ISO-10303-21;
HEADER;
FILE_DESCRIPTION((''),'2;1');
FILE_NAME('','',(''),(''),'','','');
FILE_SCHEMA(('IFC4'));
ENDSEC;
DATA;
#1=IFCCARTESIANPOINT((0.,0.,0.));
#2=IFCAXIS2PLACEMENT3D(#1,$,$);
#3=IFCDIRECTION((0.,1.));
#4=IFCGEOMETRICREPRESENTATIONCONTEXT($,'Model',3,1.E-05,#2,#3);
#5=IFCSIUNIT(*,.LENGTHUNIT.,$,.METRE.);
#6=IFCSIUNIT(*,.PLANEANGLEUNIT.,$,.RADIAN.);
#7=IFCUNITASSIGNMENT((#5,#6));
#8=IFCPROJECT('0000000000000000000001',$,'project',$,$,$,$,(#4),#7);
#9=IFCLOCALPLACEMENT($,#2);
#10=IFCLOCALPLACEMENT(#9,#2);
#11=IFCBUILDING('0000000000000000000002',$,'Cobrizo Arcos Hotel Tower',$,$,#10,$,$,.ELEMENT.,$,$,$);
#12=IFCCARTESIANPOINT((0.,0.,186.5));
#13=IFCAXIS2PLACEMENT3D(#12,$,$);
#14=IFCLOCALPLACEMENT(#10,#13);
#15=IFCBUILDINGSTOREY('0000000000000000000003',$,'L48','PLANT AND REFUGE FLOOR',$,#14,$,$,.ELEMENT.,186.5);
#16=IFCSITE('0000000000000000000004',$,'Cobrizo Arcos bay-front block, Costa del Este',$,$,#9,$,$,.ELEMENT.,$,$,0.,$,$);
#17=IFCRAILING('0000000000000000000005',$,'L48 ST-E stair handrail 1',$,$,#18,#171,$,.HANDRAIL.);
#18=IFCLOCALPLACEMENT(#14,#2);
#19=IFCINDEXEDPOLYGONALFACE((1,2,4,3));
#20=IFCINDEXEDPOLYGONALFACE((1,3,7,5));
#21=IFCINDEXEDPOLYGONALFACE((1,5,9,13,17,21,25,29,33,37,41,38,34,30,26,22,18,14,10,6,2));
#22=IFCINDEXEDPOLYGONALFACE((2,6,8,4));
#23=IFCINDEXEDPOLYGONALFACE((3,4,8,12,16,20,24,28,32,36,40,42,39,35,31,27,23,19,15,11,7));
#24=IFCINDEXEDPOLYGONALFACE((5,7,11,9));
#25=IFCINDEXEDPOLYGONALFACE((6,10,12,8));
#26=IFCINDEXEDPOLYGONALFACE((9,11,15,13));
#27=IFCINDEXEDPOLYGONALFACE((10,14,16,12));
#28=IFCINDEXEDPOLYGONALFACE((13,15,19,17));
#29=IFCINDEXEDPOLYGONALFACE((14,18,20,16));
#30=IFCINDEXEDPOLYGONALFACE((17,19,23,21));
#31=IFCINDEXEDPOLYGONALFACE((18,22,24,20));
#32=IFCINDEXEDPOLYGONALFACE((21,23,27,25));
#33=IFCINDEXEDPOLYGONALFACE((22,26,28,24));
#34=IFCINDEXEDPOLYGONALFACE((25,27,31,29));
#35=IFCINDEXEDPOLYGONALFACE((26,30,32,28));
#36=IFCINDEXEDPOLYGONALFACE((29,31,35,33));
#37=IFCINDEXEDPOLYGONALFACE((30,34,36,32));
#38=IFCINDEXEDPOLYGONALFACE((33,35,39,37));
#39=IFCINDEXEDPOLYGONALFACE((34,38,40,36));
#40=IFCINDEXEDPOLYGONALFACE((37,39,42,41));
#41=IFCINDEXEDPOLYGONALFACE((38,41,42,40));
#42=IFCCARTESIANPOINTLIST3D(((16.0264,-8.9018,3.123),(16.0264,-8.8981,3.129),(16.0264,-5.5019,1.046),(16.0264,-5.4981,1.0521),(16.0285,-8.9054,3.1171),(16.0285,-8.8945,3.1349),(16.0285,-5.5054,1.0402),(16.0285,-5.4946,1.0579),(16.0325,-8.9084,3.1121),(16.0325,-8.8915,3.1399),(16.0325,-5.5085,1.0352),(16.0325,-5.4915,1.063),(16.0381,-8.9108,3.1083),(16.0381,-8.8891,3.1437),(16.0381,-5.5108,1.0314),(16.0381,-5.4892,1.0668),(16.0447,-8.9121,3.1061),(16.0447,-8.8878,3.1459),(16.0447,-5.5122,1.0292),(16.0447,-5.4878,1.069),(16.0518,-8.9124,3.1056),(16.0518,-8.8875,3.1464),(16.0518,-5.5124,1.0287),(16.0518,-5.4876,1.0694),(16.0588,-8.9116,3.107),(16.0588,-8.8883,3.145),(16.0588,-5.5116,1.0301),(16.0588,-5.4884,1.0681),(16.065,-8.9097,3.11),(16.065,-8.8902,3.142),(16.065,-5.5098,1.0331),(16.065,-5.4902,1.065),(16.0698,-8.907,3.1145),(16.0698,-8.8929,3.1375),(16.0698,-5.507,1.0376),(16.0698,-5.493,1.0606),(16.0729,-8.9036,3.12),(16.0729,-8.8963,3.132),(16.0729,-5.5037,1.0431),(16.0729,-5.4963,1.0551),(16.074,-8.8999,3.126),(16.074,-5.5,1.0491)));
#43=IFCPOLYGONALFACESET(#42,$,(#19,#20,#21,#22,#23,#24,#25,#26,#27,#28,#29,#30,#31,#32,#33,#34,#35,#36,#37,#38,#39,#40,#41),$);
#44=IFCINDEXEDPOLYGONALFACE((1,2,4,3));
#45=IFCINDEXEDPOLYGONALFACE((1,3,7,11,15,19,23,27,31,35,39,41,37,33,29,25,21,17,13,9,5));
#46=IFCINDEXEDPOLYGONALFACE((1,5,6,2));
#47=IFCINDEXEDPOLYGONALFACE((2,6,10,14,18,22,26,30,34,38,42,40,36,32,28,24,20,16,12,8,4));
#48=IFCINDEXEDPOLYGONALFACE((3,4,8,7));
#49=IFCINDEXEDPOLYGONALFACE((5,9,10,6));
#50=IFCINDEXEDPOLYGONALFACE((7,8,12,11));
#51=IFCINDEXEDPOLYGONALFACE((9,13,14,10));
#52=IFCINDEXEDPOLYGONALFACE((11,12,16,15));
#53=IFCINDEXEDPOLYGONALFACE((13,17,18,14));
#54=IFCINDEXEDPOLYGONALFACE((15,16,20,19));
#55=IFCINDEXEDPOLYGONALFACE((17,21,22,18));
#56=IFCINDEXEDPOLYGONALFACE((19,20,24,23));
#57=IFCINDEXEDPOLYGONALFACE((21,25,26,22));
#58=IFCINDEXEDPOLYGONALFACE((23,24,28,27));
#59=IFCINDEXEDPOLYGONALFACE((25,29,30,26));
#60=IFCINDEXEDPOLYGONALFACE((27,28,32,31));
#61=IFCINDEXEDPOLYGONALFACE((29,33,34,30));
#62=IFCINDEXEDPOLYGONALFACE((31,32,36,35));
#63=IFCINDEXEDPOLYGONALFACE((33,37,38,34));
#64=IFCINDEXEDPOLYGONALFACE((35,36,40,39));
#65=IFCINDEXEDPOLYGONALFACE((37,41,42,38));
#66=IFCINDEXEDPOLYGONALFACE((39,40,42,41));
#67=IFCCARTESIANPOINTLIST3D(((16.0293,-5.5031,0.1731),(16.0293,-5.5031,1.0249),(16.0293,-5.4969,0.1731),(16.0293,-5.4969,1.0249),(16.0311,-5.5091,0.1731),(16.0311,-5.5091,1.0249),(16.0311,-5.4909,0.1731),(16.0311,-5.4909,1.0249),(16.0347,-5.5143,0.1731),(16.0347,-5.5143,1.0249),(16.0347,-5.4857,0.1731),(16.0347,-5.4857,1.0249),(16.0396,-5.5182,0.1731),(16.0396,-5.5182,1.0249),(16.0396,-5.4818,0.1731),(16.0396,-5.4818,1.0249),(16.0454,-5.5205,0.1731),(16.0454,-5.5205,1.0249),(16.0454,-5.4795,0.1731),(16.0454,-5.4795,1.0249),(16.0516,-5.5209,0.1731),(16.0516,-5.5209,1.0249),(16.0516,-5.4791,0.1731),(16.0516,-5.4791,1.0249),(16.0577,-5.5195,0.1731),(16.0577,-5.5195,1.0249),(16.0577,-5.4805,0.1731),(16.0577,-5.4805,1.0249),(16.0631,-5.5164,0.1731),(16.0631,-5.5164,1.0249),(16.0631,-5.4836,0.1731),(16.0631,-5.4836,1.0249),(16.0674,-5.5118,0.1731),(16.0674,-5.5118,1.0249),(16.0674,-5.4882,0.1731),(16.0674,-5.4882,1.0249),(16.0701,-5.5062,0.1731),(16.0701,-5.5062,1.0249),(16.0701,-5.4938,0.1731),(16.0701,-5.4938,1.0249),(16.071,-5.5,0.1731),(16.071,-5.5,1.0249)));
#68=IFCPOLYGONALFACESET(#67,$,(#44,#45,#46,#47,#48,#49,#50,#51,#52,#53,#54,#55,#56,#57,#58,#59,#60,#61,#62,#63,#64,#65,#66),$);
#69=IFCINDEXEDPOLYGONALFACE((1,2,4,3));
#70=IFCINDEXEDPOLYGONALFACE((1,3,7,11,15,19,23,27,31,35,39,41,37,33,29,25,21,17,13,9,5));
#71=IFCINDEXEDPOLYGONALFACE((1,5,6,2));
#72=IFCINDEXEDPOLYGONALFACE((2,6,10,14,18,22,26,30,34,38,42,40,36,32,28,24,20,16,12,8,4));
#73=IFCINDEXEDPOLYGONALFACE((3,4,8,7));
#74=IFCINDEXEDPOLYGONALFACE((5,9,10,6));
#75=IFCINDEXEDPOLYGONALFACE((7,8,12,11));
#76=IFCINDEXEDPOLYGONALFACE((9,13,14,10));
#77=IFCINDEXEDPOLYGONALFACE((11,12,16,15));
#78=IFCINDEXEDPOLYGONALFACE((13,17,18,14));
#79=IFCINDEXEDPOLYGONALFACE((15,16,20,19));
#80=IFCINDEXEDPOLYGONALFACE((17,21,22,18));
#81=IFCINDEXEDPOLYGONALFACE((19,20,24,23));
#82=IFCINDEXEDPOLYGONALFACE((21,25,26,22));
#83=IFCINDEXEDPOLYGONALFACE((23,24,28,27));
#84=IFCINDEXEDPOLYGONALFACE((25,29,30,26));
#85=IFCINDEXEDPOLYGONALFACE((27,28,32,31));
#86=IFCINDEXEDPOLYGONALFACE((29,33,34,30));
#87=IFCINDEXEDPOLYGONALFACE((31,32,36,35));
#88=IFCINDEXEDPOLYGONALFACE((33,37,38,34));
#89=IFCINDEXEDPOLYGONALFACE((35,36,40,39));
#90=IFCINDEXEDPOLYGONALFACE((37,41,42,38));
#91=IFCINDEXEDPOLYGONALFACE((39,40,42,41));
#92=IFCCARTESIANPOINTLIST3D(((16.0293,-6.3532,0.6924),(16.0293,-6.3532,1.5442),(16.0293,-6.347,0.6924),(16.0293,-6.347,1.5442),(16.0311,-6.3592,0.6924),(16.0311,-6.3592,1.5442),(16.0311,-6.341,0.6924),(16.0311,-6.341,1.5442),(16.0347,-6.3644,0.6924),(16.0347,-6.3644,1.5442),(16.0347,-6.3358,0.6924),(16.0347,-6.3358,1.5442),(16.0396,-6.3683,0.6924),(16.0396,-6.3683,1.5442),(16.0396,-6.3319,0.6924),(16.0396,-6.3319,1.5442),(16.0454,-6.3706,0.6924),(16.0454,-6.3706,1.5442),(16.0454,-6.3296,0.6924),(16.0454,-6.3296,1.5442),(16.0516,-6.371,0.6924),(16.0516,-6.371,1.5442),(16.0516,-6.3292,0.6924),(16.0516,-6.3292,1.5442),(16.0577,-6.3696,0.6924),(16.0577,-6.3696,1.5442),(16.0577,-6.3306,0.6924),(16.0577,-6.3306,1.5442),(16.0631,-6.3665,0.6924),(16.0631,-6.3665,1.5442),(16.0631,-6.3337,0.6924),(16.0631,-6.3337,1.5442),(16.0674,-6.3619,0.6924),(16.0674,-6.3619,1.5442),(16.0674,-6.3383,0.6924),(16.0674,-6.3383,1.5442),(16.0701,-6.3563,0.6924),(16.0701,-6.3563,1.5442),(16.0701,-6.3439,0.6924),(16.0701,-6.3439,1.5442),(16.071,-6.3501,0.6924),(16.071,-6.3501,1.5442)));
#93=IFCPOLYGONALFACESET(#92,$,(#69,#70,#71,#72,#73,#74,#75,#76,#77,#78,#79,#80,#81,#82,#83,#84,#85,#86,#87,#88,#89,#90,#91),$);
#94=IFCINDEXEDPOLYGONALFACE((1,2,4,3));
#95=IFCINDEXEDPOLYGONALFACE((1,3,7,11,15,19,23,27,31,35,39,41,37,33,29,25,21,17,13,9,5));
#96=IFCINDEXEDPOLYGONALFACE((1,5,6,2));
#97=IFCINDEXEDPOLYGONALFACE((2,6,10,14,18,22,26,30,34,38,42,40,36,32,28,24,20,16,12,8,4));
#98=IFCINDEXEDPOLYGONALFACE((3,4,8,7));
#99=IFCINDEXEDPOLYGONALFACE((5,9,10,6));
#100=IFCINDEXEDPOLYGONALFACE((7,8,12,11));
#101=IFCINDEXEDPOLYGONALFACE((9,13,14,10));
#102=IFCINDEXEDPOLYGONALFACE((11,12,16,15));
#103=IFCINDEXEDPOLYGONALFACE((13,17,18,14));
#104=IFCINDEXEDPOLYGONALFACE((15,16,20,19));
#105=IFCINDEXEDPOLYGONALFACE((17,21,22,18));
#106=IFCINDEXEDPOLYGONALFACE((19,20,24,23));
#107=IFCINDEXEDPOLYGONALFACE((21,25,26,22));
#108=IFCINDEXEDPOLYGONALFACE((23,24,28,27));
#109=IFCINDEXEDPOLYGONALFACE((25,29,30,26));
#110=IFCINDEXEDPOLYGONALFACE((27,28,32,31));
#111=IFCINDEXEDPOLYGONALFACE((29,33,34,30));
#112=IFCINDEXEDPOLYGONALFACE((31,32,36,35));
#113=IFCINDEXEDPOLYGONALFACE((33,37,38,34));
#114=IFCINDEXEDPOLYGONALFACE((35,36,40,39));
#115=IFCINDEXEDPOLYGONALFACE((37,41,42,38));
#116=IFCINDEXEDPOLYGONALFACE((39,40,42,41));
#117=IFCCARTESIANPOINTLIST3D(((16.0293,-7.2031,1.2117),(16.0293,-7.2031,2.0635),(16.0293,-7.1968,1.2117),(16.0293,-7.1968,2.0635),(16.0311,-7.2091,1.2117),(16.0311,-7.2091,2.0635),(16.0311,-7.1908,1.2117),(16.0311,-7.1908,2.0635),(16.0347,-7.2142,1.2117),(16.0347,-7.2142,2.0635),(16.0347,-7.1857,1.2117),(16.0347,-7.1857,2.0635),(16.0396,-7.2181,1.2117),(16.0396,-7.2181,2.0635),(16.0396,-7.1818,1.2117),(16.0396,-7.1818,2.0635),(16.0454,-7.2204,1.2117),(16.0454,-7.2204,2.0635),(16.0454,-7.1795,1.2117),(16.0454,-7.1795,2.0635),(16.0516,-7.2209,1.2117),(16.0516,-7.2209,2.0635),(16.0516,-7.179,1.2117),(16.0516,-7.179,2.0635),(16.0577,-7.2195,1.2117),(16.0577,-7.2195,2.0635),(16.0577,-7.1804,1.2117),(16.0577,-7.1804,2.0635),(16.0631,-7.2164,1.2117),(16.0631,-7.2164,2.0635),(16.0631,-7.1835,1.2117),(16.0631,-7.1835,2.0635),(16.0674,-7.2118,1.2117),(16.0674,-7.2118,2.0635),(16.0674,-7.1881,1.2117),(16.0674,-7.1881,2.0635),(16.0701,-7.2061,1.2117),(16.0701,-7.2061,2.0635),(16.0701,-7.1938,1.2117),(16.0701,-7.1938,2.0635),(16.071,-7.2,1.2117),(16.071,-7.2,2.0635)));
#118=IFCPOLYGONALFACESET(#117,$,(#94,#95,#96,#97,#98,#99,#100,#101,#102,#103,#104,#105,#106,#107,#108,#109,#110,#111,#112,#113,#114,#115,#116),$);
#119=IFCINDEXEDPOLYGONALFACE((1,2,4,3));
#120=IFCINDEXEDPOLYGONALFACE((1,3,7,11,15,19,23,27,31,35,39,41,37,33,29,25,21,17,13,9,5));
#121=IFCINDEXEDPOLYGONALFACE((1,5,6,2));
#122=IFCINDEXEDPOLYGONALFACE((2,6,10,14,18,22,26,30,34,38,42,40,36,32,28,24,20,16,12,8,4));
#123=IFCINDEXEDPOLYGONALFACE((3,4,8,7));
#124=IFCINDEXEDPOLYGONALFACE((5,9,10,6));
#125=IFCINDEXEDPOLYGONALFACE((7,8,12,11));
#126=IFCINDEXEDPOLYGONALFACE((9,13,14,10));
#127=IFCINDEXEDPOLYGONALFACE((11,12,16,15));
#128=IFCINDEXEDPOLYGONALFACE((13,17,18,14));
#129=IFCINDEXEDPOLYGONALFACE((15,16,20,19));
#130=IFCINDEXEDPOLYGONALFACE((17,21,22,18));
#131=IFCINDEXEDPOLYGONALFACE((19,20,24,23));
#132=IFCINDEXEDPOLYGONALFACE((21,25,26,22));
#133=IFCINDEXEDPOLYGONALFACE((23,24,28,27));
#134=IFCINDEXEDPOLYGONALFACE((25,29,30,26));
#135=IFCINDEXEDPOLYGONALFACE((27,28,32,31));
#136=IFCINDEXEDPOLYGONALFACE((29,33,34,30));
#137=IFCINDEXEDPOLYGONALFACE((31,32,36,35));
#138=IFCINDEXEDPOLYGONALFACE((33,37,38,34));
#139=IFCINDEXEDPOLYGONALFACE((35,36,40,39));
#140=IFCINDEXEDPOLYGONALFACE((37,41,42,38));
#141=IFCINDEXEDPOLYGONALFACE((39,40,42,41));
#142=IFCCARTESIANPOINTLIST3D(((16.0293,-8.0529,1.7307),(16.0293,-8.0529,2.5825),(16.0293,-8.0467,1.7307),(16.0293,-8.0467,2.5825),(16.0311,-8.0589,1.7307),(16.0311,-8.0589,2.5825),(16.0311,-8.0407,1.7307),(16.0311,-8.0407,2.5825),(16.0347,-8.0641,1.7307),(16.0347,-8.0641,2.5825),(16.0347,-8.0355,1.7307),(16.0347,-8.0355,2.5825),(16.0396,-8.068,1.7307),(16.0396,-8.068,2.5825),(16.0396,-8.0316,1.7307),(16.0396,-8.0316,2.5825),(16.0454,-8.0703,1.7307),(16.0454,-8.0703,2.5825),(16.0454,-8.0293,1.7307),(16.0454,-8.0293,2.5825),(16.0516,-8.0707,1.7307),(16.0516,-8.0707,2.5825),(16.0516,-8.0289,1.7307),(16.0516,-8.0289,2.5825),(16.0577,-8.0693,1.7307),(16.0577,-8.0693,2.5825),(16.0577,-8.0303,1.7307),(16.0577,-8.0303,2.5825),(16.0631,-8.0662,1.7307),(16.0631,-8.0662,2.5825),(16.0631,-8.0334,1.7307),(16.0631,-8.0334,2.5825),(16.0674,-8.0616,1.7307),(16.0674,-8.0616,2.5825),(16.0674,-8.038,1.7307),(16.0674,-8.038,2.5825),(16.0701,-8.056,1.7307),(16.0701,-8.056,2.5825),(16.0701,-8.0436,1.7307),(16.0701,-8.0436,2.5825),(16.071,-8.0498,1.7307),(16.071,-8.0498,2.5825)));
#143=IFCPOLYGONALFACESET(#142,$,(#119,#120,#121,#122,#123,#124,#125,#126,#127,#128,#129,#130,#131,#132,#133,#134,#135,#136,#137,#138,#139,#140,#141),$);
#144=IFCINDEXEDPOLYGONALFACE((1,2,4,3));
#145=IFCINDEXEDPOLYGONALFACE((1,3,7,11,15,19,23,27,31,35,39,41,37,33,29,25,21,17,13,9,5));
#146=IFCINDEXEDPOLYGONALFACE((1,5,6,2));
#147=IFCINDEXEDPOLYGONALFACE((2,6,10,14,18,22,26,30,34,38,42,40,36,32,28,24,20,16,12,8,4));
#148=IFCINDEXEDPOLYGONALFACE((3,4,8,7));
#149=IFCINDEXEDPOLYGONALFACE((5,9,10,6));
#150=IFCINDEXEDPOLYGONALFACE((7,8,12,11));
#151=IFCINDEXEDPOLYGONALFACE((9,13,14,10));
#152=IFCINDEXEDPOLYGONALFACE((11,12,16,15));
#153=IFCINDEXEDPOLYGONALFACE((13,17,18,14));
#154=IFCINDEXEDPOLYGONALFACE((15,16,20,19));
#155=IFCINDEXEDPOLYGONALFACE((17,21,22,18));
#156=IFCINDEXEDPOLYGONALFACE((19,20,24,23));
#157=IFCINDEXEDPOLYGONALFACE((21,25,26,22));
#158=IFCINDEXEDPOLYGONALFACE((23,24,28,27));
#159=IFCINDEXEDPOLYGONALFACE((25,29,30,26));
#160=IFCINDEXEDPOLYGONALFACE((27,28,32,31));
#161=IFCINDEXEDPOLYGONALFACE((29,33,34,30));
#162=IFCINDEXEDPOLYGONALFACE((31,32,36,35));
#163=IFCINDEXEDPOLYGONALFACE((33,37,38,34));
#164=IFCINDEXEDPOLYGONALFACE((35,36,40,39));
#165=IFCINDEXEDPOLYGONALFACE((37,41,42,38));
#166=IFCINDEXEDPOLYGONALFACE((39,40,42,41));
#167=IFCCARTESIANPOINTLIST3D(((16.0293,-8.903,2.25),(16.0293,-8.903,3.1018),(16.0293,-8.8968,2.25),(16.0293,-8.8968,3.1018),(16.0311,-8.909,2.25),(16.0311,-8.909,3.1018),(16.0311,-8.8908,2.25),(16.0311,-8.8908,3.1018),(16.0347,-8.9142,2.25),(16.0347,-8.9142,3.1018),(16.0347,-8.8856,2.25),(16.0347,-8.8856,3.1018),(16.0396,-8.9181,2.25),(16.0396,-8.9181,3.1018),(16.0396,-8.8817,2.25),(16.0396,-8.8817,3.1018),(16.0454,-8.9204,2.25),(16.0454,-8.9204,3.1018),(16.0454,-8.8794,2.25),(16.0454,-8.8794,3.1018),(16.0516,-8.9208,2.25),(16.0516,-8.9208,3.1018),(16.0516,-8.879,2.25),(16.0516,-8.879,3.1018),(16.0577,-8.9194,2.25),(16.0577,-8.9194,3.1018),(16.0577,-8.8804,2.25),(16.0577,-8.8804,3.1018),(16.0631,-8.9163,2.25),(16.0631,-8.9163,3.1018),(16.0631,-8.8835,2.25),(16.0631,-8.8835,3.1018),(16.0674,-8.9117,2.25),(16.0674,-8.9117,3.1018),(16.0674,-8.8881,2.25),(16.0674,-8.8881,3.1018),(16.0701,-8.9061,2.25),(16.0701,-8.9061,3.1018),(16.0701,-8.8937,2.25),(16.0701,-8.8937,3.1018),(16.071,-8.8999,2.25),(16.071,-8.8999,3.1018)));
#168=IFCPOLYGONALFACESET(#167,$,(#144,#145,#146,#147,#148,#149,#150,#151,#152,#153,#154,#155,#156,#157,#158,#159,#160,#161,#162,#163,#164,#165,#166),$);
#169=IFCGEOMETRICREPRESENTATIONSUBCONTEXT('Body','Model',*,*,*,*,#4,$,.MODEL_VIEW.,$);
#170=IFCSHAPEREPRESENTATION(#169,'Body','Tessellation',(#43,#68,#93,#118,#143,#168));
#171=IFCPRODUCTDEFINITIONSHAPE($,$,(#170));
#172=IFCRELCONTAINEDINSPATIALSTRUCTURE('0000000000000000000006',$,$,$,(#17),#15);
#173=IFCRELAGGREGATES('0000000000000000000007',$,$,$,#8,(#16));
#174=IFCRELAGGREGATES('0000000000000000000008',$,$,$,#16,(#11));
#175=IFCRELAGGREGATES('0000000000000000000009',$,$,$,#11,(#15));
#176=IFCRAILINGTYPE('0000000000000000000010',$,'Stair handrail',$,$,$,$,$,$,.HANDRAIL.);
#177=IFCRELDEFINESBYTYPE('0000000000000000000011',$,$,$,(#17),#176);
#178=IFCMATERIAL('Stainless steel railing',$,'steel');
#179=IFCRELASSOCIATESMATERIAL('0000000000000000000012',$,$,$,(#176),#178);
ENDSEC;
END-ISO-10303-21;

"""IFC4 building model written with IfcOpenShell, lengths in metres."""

from ifc_helpers import new_model, si_unit, direction, frame, origin, origin_2d, place, context, subcontext, project, spatial, circle, extrude, material, type_object, element, save


model = new_model("IFC4")

# Units and contexts
model_context = context("Model", 3, precision=1e-05, world=origin(), true_north=direction((0.0, 1.0)))
body_context = subcontext(model_context, "Body", "Model", "MODEL_VIEW")
ifc_project = project(units=[si_unit("LENGTHUNIT", "METRE"), si_unit("PLANEANGLEUNIT", "RADIAN")], contexts=[model_context])

# Site, building, storey
site_placement = place(None, origin())
site = spatial("IfcSite", under=ifc_project, at=site_placement, Name="Cobrizo Arcos bay-front block, Costa del Este", CompositionType="ELEMENT", RefElevation=0.0)
building_placement = place(site_placement, origin())
building = spatial("IfcBuilding", under=site, at=building_placement, Name="Cobrizo Arcos Hotel Tower", CompositionType="ELEMENT")
storey_placement = place(building_placement, frame((0.0, 0.0, 186.5)))
storey = spatial("IfcBuildingStorey", under=building, at=storey_placement, Name="L48", Description="PLANT AND REFUGE FLOOR", CompositionType="ELEMENT", Elevation=186.5)

# Railing
ifc_material_1 = material(Name="Stainless steel railing", Category="steel")
railing_type_1 = type_object("IfcRailingType", Name="Stair handrail", PredefinedType="HANDRAIL", material=ifc_material_1)
railing_1_placement = place(storey_placement, frame((16.05, -5.5, 0.1731)))
element("IfcRailing", 1, at=railing_1_placement, inside=storey, type_object=railing_type_1, Name="L48 ST-E stair handrail 1", PredefinedType="HANDRAIL", context=body_context, shape_type="SweptSolid", body=[
    extrude(circle(Radius=0.0239, at=origin_2d()), frame((0.0, 0.0, 0.876), z_axis=(0.0, -0.853373, 0.521301), x_axis=(1.0, 0.0, 0.0)), (0.0, 0.0, 1.0), 3.9841),
    extrude(circle(Radius=0.021, at=origin_2d()), origin(), (0.0, 0.0, 1.0), 0.8518),
    extrude(circle(Radius=0.021, at=origin_2d()), frame((0.0, -0.8501, 0.5193)), (0.0, 0.0, 1.0), 0.8518),
    extrude(circle(Radius=0.021, at=origin_2d()), frame((0.0, -1.7, 1.0386)), (0.0, 0.0, 1.0), 0.8518),
    extrude(circle(Radius=0.021, at=origin_2d()), frame((0.0, -2.5498, 1.5576)), (0.0, 0.0, 1.0), 0.8518),
    extrude(circle(Radius=0.021, at=origin_2d()), frame((0.0, -3.3999, 2.0769)), (0.0, 0.0, 1.0), 0.8518),
])

save(model, "model.ifc")
